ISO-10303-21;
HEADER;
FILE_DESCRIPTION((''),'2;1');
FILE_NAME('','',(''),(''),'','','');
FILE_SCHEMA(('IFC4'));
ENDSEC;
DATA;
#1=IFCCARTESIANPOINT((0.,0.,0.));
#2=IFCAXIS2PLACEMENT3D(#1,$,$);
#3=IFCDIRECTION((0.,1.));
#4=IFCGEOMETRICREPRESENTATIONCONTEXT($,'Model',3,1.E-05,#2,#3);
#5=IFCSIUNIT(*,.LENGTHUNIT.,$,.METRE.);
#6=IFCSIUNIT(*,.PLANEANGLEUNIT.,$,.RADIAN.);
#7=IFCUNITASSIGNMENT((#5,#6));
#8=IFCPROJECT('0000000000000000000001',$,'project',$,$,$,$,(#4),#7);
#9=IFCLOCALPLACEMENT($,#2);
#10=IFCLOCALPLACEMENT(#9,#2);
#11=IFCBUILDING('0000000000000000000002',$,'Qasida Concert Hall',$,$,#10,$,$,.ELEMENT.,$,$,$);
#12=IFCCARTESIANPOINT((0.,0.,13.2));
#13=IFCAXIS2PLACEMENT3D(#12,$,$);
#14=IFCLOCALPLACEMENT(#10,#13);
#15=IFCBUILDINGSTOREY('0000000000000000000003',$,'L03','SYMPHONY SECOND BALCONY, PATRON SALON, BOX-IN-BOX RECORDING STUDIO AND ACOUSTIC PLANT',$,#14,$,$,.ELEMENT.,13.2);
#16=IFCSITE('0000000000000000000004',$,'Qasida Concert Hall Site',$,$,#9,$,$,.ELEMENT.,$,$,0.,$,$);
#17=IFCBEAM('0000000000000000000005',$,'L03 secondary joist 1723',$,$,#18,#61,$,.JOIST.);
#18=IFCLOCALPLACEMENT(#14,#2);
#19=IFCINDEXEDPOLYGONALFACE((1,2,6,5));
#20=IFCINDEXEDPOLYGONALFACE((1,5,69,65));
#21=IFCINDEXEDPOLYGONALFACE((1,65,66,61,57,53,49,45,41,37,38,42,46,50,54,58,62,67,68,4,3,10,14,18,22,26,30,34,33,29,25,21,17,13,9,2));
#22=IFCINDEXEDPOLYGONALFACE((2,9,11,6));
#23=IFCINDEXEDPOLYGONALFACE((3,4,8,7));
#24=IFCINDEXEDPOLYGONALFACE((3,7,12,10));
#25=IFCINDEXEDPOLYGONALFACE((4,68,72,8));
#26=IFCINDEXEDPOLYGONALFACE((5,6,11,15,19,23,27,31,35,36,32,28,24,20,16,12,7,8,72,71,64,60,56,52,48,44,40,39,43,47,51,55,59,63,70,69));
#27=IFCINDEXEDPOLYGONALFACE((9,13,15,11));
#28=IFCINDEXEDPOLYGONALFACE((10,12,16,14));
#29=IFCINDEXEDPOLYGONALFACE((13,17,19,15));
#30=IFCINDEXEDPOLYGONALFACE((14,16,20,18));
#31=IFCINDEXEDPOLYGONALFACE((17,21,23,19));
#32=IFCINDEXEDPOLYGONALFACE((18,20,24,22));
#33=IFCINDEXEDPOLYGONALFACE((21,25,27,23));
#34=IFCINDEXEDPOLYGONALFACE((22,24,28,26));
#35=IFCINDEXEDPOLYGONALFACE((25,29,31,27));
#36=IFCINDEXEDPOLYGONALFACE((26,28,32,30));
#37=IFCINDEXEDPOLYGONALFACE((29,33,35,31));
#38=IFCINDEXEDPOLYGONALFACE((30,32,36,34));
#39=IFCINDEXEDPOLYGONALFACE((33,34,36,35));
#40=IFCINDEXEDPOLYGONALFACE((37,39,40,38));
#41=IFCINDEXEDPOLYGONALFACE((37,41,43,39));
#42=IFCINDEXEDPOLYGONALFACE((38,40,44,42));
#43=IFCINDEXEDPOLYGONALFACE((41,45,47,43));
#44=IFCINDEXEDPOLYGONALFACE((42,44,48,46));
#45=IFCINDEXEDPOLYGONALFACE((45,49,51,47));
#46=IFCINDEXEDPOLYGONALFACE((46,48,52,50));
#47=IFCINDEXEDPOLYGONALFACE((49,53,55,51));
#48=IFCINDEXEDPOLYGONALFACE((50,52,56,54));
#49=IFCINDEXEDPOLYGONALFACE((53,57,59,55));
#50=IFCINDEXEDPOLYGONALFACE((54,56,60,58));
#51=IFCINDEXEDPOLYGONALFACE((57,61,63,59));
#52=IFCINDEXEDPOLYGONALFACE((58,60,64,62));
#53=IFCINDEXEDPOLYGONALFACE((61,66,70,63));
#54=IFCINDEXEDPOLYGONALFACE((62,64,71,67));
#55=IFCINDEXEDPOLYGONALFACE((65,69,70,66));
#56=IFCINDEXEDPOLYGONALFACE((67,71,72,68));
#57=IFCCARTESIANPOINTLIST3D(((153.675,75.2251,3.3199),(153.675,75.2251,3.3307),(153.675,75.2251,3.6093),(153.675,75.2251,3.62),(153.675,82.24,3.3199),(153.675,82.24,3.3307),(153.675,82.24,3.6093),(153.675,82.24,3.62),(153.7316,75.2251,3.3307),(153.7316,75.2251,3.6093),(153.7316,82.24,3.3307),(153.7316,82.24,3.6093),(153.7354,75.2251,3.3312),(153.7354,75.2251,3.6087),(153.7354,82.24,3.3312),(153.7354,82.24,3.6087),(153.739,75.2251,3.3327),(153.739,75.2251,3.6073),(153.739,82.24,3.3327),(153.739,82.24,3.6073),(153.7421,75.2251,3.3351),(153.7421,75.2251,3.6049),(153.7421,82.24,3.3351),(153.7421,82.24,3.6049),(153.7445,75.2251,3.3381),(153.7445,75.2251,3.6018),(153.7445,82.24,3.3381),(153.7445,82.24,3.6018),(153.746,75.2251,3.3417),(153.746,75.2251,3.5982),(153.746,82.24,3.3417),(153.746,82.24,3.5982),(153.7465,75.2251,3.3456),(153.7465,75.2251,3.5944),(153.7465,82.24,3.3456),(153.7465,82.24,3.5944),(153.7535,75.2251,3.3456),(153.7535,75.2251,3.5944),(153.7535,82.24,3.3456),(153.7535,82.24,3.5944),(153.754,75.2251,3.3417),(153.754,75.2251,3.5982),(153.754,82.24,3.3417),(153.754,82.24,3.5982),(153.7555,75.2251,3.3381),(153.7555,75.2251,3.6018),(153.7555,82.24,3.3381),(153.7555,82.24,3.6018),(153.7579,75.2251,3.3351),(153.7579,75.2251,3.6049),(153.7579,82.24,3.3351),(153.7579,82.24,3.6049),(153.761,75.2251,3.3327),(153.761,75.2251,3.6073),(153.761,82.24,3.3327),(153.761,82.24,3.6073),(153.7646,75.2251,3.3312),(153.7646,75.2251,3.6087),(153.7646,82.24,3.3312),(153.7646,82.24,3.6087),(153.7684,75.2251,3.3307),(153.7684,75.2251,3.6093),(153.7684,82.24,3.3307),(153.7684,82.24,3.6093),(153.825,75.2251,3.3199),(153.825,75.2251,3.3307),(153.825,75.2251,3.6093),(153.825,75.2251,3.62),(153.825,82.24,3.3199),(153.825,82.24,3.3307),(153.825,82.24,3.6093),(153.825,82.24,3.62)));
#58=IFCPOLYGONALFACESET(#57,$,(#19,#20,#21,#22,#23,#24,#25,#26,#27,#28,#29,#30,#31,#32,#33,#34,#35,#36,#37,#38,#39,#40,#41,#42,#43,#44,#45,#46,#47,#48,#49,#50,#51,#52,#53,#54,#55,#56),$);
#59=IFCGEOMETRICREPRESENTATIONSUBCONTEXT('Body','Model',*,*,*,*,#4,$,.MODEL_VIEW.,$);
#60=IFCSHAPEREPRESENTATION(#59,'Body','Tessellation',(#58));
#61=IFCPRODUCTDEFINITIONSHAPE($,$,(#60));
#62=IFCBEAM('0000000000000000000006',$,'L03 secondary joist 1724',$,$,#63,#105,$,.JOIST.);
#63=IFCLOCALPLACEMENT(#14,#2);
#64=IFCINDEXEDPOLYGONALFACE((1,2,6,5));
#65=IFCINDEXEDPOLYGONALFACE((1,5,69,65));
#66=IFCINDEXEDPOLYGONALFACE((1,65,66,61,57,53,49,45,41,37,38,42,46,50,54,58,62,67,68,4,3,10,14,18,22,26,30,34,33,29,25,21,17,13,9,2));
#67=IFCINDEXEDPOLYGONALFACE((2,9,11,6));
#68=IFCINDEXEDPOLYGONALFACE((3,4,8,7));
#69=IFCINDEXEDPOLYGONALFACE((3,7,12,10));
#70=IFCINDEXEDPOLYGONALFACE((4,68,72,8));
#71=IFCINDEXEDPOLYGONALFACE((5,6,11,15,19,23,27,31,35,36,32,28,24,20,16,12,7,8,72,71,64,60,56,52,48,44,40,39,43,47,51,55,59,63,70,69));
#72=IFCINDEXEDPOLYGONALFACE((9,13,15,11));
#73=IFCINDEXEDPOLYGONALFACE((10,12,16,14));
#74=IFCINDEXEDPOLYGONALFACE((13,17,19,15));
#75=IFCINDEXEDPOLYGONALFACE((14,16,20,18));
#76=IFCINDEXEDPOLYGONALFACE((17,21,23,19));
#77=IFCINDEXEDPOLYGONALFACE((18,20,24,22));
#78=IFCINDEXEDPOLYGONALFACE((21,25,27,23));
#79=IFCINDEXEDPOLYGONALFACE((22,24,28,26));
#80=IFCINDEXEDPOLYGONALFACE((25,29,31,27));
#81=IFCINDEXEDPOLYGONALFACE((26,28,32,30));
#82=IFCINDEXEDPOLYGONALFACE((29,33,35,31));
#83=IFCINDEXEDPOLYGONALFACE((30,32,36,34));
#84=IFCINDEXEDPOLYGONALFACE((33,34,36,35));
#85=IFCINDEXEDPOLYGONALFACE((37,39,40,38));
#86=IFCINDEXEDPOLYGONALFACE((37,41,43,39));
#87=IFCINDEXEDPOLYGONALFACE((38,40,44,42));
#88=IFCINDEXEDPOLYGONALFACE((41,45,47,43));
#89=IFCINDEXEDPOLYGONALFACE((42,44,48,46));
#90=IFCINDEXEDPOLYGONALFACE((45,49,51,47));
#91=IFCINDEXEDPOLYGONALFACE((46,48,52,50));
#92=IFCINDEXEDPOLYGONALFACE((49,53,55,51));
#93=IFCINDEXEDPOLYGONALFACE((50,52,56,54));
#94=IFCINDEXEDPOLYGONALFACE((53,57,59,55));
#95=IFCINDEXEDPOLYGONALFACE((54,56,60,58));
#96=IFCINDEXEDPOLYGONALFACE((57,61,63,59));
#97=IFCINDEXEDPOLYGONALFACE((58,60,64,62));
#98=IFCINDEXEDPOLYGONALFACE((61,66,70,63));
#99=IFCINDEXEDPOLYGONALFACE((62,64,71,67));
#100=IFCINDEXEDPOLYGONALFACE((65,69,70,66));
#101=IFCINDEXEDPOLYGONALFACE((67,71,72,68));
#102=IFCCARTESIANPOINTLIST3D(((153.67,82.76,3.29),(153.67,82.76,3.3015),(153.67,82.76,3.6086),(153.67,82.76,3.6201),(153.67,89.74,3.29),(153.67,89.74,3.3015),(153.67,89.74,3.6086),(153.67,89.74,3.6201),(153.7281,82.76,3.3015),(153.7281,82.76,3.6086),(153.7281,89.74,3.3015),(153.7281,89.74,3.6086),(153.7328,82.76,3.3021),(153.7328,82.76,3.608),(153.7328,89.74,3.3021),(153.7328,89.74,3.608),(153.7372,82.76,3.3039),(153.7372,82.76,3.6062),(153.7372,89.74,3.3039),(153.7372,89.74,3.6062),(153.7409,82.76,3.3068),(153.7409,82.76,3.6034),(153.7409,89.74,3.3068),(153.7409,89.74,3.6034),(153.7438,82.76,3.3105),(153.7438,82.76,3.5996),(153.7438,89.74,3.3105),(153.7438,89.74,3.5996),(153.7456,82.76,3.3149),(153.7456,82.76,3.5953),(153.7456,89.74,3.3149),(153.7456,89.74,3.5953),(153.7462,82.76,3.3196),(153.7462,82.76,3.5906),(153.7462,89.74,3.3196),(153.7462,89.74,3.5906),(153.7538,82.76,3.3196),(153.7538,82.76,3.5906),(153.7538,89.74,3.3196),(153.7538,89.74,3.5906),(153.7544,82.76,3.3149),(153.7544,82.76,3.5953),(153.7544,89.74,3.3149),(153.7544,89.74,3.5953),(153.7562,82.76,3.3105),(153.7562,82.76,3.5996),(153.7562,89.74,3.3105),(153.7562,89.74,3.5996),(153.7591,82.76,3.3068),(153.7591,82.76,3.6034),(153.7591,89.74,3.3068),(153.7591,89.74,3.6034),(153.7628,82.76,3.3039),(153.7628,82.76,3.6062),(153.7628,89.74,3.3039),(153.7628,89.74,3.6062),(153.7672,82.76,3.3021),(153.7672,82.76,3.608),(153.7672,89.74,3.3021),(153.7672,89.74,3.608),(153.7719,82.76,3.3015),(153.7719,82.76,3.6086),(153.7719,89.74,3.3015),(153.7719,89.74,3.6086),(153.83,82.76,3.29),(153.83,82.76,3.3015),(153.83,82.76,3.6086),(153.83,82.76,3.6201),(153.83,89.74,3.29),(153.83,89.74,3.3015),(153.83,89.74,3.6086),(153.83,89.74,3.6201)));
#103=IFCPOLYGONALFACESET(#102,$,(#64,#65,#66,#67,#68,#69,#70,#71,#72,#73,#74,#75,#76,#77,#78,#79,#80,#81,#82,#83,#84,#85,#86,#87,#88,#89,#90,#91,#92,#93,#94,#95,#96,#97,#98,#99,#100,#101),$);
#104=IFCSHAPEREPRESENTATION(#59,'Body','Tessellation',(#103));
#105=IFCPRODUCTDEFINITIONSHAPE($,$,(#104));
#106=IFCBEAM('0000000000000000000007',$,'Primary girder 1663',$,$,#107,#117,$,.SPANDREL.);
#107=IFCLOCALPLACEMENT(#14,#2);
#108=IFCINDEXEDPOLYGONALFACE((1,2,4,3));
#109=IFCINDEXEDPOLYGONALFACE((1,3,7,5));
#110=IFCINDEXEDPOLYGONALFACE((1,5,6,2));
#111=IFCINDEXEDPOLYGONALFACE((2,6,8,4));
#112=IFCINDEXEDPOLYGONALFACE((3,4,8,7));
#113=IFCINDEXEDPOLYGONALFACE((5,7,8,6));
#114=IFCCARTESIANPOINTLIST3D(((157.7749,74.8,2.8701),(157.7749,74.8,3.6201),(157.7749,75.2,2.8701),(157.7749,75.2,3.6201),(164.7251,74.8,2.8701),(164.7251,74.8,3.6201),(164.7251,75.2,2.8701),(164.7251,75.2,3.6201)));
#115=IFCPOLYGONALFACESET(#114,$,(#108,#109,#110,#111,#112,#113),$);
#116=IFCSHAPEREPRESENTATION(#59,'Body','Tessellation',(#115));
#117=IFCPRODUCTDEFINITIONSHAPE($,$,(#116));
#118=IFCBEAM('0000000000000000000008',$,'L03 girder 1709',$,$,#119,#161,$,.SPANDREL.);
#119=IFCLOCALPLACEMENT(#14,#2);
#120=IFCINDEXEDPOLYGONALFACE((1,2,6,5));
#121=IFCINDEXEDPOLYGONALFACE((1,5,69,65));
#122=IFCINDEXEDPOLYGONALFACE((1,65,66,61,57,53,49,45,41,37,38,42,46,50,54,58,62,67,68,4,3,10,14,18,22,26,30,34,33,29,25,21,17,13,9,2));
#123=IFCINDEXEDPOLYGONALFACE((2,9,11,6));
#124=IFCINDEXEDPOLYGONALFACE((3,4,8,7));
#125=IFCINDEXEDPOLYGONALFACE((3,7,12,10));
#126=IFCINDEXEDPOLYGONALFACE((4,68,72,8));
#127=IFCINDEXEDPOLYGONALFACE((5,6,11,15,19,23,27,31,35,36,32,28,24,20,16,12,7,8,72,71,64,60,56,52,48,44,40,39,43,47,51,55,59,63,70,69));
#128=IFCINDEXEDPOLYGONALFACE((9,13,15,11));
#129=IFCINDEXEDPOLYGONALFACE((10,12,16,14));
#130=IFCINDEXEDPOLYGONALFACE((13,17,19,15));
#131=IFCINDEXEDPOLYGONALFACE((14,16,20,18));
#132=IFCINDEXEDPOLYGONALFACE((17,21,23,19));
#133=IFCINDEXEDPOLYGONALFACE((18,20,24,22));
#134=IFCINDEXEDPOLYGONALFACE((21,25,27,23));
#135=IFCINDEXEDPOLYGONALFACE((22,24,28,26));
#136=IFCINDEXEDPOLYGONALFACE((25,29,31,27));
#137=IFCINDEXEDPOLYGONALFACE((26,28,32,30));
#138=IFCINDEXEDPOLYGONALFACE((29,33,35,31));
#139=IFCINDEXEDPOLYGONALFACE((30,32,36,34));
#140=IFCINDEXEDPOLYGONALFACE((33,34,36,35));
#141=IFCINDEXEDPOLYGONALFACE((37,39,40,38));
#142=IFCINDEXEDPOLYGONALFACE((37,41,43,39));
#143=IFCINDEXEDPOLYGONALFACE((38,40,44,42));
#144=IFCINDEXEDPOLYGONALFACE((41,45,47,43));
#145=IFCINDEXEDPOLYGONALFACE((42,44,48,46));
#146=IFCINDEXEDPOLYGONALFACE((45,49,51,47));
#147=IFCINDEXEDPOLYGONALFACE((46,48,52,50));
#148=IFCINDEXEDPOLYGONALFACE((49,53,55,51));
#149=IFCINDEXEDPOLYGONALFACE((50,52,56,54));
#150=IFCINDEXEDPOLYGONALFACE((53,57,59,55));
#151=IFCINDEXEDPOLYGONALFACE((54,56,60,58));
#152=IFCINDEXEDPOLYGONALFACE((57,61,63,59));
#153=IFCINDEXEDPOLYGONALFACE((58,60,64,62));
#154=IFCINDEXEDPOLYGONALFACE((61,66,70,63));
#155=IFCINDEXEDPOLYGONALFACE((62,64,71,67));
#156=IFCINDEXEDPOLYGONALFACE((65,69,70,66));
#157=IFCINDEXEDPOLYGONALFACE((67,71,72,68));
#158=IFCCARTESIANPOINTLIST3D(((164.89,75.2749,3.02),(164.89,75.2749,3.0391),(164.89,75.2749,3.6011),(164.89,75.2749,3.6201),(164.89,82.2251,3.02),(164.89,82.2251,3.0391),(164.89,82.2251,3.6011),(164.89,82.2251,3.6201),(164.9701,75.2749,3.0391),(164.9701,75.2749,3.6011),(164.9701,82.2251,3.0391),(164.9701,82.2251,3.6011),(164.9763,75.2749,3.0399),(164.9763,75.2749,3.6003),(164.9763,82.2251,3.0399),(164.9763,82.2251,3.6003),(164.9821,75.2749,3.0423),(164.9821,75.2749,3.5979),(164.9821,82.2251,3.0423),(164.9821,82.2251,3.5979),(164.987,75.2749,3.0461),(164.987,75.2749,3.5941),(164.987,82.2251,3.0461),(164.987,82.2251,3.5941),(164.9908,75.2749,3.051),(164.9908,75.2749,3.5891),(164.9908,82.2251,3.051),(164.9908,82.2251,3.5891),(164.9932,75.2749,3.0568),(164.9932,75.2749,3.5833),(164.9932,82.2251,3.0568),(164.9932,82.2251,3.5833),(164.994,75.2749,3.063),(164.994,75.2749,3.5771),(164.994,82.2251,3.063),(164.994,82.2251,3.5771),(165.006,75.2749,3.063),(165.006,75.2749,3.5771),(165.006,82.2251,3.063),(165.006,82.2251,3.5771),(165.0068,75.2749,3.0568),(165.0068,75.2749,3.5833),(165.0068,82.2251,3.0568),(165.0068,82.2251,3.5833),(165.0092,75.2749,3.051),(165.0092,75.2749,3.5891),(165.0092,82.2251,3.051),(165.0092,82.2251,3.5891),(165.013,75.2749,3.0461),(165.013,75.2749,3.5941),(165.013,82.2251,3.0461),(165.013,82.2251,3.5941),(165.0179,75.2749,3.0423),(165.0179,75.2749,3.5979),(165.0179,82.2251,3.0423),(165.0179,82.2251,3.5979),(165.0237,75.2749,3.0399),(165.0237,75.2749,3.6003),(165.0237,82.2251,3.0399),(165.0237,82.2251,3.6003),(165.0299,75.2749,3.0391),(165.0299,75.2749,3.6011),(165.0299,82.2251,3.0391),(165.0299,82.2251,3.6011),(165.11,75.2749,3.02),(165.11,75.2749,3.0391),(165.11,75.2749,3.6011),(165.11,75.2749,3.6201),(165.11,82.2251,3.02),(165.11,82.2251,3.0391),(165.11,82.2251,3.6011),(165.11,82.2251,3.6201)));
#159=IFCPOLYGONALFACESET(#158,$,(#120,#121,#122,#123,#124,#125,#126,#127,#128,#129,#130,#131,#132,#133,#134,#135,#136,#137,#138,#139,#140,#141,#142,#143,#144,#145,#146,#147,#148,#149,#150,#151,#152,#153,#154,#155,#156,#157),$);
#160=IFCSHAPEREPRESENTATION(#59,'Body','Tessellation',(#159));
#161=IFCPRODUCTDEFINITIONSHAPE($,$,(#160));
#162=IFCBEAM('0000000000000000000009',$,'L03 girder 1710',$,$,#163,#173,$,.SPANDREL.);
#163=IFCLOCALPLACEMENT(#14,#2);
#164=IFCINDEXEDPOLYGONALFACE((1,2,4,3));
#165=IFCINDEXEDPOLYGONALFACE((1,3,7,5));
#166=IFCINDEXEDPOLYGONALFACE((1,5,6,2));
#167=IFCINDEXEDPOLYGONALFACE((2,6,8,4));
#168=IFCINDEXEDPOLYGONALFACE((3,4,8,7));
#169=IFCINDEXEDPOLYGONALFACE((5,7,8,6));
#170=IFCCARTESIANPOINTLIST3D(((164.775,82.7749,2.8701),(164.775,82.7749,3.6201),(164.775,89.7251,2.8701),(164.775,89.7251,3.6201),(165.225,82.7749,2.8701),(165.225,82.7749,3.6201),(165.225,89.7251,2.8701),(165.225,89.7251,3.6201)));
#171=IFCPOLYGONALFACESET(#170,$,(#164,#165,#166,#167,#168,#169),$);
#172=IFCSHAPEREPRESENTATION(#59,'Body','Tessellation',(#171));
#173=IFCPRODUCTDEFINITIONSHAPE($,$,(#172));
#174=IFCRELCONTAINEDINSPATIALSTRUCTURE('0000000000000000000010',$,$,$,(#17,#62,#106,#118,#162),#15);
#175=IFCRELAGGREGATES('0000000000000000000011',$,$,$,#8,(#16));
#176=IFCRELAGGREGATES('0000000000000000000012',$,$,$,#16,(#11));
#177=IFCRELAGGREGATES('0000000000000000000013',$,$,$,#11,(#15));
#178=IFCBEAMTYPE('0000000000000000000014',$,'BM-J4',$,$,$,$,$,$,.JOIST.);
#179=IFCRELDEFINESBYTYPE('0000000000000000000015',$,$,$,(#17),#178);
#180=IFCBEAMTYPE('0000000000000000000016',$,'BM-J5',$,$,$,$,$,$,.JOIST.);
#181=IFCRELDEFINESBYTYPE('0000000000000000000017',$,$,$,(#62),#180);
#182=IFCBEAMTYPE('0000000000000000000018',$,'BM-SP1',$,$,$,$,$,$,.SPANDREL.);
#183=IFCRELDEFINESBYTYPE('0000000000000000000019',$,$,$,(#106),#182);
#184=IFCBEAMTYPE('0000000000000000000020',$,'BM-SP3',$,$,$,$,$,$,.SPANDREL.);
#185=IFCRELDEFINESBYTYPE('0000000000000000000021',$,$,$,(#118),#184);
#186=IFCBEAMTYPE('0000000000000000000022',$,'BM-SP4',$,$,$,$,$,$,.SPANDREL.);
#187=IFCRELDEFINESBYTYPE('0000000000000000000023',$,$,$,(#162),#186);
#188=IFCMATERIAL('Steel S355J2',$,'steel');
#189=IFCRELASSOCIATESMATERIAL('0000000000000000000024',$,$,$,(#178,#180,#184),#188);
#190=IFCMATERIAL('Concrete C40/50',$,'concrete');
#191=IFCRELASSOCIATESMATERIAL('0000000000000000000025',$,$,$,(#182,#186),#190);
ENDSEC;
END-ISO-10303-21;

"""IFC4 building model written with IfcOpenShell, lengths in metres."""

from ifc_helpers import new_model, si_unit, direction, frame, origin, origin_2d, place, context, subcontext, project, spatial, rectangle, i_section, extrude, material, material_profile, profile_set, type_object, element, save


model = new_model("IFC4")

# Units and contexts
model_context = context("Model", 3, precision=1e-05, world=origin(), true_north=direction((0.0, 1.0)))
body_context = subcontext(model_context, "Body", "Model", "MODEL_VIEW")
ifc_project = project(units=[si_unit("LENGTHUNIT", "METRE"), si_unit("PLANEANGLEUNIT", "RADIAN")], contexts=[model_context])

# Site, building, storey
site_placement = place(None, origin())
site = spatial("IfcSite", under=ifc_project, at=site_placement, Name="Qasida Concert Hall Site", CompositionType="ELEMENT", RefElevation=0.0)
building_placement = place(site_placement, origin())
building = spatial("IfcBuilding", under=site, at=building_placement, Name="Qasida Concert Hall", CompositionType="ELEMENT")
storey_placement = place(building_placement, frame((0.0, 0.0, 13.2)))
storey = spatial("IfcBuildingStorey", under=building, at=storey_placement, Name="L03", Description="SYMPHONY SECOND BALCONY, PATRON SALON, BOX-IN-BOX RECORDING STUDIO AND ACOUSTIC PLANT", CompositionType="ELEMENT", Elevation=13.2)

# Beams
ifc_material_1 = material(Name="Concrete C40/50", Category="concrete")
ifc_material_2 = material(Name="Steel S355J2", Category="steel")
ifc_material_profile_1 = material_profile(ifc_material_2, i_section(OverallWidth=0.1499, OverallDepth=0.3, WebThickness=0.0071, FlangeThickness=0.0107, FilletRadius=0.0149, at=origin_2d()), Name="IPE 300")
ifc_profile_set_1 = profile_set([ifc_material_profile_1], Name="Steel S355J2")
beam_type_1 = type_object("IfcBeamType", Name="BM-J4", PredefinedType="JOIST", material=ifc_profile_set_1)
beam_1_placement = place(storey_placement, frame((153.75, 75.2251, 3.47), z_axis=(0.0, 1.0, 0.0), x_axis=(-1.0, 0.0, 0.0)))
element("IfcBeam", 1, at=beam_1_placement, inside=storey, type_object=beam_type_1, Name="L03 secondary joist 1723", PredefinedType="JOIST", context=body_context, shape_type="SweptSolid", body=[
    extrude(i_section(OverallWidth=0.1499, OverallDepth=0.3, WebThickness=0.0071, FlangeThickness=0.0107, FilletRadius=0.0149, at=origin_2d()), origin(), (0.0, 0.0, 1.0), 7.0149),
])
ifc_material_profile_2 = material_profile(ifc_material_2, i_section(OverallWidth=0.1599, OverallDepth=0.3301, WebThickness=0.0076, FlangeThickness=0.0115, FilletRadius=0.0181, at=origin_2d()), Name="IPE 330")
ifc_profile_set_2 = profile_set([ifc_material_profile_2], Name="Steel S355J2")
beam_type_2 = type_object("IfcBeamType", Name="BM-J5", PredefinedType="JOIST", material=ifc_profile_set_2)
beam_2_placement = place(storey_placement, frame((153.75, 82.76, 3.4551), z_axis=(0.0, 1.0, 0.0), x_axis=(-1.0, 0.0, 0.0)))
element("IfcBeam", 2, at=beam_2_placement, inside=storey, type_object=beam_type_2, Name="L03 secondary joist 1724", PredefinedType="JOIST", context=body_context, shape_type="SweptSolid", body=[
    extrude(i_section(OverallWidth=0.1599, OverallDepth=0.3301, WebThickness=0.0076, FlangeThickness=0.0115, FilletRadius=0.0181, at=origin_2d()), origin(), (0.0, 0.0, 1.0), 6.98),
])
ifc_material_profile_3 = material_profile(ifc_material_1, rectangle(XDim=0.3999, YDim=0.75, at=origin_2d()), Name="RC 400x750")
ifc_profile_set_3 = profile_set([ifc_material_profile_3], Name="Concrete C40/50")
beam_type_3 = type_object("IfcBeamType", Name="BM-SP1", PredefinedType="SPANDREL", material=ifc_profile_set_3)
beam_3_placement = place(storey_placement, frame((157.7749, 75.0, 3.2451), z_axis=(1.0, 0.0, 0.0), x_axis=(0.0, 1.0, 0.0)))
element("IfcBeam", 3, at=beam_3_placement, inside=storey, type_object=beam_type_3, Name="Primary girder 1663", PredefinedType="SPANDREL", context=body_context, shape_type="SweptSolid", body=[
    extrude(rectangle(XDim=0.3999, YDim=0.75, at=origin_2d()), origin(), (0.0, 0.0, 1.0), 6.9502),
])
ifc_material_profile_4 = material_profile(ifc_material_2, i_section(OverallWidth=0.22, OverallDepth=0.6001, WebThickness=0.012, FlangeThickness=0.019, FilletRadius=0.0239, at=origin_2d()), Name="IPE 600")
ifc_profile_set_4 = profile_set([ifc_material_profile_4], Name="Steel S355J2")
beam_type_4 = type_object("IfcBeamType", Name="BM-SP3", PredefinedType="SPANDREL", material=ifc_profile_set_4)
beam_4_placement = place(storey_placement, frame((165.0, 75.2749, 3.3201), z_axis=(0.0, 1.0, 0.0), x_axis=(-1.0, 0.0, 0.0)))
element("IfcBeam", 4, at=beam_4_placement, inside=storey, type_object=beam_type_4, Name="L03 girder 1709", PredefinedType="SPANDREL", context=body_context, shape_type="SweptSolid", body=[
    extrude(i_section(OverallWidth=0.22, OverallDepth=0.6001, WebThickness=0.012, FlangeThickness=0.019, FilletRadius=0.0239, at=origin_2d()), origin(), (0.0, 0.0, 1.0), 6.9502),
])
ifc_material_profile_5 = material_profile(ifc_material_1, rectangle(XDim=0.45, YDim=0.75, at=origin_2d()), Name="RC 450x750")
ifc_profile_set_5 = profile_set([ifc_material_profile_5], Name="Concrete C40/50")
beam_type_5 = type_object("IfcBeamType", Name="BM-SP4", PredefinedType="SPANDREL", material=ifc_profile_set_5)
beam_5_placement = place(storey_placement, frame((165.0, 82.7749, 3.2451), z_axis=(0.0, 1.0, 0.0), x_axis=(-1.0, 0.0, 0.0)))
element("IfcBeam", 5, at=beam_5_placement, inside=storey, type_object=beam_type_5, Name="L03 girder 1710", PredefinedType="SPANDREL", context=body_context, shape_type="SweptSolid", body=[
    extrude(rectangle(XDim=0.45, YDim=0.75, at=origin_2d()), origin(), (0.0, 0.0, 1.0), 6.9502),
])

save(model, "model.ifc")
